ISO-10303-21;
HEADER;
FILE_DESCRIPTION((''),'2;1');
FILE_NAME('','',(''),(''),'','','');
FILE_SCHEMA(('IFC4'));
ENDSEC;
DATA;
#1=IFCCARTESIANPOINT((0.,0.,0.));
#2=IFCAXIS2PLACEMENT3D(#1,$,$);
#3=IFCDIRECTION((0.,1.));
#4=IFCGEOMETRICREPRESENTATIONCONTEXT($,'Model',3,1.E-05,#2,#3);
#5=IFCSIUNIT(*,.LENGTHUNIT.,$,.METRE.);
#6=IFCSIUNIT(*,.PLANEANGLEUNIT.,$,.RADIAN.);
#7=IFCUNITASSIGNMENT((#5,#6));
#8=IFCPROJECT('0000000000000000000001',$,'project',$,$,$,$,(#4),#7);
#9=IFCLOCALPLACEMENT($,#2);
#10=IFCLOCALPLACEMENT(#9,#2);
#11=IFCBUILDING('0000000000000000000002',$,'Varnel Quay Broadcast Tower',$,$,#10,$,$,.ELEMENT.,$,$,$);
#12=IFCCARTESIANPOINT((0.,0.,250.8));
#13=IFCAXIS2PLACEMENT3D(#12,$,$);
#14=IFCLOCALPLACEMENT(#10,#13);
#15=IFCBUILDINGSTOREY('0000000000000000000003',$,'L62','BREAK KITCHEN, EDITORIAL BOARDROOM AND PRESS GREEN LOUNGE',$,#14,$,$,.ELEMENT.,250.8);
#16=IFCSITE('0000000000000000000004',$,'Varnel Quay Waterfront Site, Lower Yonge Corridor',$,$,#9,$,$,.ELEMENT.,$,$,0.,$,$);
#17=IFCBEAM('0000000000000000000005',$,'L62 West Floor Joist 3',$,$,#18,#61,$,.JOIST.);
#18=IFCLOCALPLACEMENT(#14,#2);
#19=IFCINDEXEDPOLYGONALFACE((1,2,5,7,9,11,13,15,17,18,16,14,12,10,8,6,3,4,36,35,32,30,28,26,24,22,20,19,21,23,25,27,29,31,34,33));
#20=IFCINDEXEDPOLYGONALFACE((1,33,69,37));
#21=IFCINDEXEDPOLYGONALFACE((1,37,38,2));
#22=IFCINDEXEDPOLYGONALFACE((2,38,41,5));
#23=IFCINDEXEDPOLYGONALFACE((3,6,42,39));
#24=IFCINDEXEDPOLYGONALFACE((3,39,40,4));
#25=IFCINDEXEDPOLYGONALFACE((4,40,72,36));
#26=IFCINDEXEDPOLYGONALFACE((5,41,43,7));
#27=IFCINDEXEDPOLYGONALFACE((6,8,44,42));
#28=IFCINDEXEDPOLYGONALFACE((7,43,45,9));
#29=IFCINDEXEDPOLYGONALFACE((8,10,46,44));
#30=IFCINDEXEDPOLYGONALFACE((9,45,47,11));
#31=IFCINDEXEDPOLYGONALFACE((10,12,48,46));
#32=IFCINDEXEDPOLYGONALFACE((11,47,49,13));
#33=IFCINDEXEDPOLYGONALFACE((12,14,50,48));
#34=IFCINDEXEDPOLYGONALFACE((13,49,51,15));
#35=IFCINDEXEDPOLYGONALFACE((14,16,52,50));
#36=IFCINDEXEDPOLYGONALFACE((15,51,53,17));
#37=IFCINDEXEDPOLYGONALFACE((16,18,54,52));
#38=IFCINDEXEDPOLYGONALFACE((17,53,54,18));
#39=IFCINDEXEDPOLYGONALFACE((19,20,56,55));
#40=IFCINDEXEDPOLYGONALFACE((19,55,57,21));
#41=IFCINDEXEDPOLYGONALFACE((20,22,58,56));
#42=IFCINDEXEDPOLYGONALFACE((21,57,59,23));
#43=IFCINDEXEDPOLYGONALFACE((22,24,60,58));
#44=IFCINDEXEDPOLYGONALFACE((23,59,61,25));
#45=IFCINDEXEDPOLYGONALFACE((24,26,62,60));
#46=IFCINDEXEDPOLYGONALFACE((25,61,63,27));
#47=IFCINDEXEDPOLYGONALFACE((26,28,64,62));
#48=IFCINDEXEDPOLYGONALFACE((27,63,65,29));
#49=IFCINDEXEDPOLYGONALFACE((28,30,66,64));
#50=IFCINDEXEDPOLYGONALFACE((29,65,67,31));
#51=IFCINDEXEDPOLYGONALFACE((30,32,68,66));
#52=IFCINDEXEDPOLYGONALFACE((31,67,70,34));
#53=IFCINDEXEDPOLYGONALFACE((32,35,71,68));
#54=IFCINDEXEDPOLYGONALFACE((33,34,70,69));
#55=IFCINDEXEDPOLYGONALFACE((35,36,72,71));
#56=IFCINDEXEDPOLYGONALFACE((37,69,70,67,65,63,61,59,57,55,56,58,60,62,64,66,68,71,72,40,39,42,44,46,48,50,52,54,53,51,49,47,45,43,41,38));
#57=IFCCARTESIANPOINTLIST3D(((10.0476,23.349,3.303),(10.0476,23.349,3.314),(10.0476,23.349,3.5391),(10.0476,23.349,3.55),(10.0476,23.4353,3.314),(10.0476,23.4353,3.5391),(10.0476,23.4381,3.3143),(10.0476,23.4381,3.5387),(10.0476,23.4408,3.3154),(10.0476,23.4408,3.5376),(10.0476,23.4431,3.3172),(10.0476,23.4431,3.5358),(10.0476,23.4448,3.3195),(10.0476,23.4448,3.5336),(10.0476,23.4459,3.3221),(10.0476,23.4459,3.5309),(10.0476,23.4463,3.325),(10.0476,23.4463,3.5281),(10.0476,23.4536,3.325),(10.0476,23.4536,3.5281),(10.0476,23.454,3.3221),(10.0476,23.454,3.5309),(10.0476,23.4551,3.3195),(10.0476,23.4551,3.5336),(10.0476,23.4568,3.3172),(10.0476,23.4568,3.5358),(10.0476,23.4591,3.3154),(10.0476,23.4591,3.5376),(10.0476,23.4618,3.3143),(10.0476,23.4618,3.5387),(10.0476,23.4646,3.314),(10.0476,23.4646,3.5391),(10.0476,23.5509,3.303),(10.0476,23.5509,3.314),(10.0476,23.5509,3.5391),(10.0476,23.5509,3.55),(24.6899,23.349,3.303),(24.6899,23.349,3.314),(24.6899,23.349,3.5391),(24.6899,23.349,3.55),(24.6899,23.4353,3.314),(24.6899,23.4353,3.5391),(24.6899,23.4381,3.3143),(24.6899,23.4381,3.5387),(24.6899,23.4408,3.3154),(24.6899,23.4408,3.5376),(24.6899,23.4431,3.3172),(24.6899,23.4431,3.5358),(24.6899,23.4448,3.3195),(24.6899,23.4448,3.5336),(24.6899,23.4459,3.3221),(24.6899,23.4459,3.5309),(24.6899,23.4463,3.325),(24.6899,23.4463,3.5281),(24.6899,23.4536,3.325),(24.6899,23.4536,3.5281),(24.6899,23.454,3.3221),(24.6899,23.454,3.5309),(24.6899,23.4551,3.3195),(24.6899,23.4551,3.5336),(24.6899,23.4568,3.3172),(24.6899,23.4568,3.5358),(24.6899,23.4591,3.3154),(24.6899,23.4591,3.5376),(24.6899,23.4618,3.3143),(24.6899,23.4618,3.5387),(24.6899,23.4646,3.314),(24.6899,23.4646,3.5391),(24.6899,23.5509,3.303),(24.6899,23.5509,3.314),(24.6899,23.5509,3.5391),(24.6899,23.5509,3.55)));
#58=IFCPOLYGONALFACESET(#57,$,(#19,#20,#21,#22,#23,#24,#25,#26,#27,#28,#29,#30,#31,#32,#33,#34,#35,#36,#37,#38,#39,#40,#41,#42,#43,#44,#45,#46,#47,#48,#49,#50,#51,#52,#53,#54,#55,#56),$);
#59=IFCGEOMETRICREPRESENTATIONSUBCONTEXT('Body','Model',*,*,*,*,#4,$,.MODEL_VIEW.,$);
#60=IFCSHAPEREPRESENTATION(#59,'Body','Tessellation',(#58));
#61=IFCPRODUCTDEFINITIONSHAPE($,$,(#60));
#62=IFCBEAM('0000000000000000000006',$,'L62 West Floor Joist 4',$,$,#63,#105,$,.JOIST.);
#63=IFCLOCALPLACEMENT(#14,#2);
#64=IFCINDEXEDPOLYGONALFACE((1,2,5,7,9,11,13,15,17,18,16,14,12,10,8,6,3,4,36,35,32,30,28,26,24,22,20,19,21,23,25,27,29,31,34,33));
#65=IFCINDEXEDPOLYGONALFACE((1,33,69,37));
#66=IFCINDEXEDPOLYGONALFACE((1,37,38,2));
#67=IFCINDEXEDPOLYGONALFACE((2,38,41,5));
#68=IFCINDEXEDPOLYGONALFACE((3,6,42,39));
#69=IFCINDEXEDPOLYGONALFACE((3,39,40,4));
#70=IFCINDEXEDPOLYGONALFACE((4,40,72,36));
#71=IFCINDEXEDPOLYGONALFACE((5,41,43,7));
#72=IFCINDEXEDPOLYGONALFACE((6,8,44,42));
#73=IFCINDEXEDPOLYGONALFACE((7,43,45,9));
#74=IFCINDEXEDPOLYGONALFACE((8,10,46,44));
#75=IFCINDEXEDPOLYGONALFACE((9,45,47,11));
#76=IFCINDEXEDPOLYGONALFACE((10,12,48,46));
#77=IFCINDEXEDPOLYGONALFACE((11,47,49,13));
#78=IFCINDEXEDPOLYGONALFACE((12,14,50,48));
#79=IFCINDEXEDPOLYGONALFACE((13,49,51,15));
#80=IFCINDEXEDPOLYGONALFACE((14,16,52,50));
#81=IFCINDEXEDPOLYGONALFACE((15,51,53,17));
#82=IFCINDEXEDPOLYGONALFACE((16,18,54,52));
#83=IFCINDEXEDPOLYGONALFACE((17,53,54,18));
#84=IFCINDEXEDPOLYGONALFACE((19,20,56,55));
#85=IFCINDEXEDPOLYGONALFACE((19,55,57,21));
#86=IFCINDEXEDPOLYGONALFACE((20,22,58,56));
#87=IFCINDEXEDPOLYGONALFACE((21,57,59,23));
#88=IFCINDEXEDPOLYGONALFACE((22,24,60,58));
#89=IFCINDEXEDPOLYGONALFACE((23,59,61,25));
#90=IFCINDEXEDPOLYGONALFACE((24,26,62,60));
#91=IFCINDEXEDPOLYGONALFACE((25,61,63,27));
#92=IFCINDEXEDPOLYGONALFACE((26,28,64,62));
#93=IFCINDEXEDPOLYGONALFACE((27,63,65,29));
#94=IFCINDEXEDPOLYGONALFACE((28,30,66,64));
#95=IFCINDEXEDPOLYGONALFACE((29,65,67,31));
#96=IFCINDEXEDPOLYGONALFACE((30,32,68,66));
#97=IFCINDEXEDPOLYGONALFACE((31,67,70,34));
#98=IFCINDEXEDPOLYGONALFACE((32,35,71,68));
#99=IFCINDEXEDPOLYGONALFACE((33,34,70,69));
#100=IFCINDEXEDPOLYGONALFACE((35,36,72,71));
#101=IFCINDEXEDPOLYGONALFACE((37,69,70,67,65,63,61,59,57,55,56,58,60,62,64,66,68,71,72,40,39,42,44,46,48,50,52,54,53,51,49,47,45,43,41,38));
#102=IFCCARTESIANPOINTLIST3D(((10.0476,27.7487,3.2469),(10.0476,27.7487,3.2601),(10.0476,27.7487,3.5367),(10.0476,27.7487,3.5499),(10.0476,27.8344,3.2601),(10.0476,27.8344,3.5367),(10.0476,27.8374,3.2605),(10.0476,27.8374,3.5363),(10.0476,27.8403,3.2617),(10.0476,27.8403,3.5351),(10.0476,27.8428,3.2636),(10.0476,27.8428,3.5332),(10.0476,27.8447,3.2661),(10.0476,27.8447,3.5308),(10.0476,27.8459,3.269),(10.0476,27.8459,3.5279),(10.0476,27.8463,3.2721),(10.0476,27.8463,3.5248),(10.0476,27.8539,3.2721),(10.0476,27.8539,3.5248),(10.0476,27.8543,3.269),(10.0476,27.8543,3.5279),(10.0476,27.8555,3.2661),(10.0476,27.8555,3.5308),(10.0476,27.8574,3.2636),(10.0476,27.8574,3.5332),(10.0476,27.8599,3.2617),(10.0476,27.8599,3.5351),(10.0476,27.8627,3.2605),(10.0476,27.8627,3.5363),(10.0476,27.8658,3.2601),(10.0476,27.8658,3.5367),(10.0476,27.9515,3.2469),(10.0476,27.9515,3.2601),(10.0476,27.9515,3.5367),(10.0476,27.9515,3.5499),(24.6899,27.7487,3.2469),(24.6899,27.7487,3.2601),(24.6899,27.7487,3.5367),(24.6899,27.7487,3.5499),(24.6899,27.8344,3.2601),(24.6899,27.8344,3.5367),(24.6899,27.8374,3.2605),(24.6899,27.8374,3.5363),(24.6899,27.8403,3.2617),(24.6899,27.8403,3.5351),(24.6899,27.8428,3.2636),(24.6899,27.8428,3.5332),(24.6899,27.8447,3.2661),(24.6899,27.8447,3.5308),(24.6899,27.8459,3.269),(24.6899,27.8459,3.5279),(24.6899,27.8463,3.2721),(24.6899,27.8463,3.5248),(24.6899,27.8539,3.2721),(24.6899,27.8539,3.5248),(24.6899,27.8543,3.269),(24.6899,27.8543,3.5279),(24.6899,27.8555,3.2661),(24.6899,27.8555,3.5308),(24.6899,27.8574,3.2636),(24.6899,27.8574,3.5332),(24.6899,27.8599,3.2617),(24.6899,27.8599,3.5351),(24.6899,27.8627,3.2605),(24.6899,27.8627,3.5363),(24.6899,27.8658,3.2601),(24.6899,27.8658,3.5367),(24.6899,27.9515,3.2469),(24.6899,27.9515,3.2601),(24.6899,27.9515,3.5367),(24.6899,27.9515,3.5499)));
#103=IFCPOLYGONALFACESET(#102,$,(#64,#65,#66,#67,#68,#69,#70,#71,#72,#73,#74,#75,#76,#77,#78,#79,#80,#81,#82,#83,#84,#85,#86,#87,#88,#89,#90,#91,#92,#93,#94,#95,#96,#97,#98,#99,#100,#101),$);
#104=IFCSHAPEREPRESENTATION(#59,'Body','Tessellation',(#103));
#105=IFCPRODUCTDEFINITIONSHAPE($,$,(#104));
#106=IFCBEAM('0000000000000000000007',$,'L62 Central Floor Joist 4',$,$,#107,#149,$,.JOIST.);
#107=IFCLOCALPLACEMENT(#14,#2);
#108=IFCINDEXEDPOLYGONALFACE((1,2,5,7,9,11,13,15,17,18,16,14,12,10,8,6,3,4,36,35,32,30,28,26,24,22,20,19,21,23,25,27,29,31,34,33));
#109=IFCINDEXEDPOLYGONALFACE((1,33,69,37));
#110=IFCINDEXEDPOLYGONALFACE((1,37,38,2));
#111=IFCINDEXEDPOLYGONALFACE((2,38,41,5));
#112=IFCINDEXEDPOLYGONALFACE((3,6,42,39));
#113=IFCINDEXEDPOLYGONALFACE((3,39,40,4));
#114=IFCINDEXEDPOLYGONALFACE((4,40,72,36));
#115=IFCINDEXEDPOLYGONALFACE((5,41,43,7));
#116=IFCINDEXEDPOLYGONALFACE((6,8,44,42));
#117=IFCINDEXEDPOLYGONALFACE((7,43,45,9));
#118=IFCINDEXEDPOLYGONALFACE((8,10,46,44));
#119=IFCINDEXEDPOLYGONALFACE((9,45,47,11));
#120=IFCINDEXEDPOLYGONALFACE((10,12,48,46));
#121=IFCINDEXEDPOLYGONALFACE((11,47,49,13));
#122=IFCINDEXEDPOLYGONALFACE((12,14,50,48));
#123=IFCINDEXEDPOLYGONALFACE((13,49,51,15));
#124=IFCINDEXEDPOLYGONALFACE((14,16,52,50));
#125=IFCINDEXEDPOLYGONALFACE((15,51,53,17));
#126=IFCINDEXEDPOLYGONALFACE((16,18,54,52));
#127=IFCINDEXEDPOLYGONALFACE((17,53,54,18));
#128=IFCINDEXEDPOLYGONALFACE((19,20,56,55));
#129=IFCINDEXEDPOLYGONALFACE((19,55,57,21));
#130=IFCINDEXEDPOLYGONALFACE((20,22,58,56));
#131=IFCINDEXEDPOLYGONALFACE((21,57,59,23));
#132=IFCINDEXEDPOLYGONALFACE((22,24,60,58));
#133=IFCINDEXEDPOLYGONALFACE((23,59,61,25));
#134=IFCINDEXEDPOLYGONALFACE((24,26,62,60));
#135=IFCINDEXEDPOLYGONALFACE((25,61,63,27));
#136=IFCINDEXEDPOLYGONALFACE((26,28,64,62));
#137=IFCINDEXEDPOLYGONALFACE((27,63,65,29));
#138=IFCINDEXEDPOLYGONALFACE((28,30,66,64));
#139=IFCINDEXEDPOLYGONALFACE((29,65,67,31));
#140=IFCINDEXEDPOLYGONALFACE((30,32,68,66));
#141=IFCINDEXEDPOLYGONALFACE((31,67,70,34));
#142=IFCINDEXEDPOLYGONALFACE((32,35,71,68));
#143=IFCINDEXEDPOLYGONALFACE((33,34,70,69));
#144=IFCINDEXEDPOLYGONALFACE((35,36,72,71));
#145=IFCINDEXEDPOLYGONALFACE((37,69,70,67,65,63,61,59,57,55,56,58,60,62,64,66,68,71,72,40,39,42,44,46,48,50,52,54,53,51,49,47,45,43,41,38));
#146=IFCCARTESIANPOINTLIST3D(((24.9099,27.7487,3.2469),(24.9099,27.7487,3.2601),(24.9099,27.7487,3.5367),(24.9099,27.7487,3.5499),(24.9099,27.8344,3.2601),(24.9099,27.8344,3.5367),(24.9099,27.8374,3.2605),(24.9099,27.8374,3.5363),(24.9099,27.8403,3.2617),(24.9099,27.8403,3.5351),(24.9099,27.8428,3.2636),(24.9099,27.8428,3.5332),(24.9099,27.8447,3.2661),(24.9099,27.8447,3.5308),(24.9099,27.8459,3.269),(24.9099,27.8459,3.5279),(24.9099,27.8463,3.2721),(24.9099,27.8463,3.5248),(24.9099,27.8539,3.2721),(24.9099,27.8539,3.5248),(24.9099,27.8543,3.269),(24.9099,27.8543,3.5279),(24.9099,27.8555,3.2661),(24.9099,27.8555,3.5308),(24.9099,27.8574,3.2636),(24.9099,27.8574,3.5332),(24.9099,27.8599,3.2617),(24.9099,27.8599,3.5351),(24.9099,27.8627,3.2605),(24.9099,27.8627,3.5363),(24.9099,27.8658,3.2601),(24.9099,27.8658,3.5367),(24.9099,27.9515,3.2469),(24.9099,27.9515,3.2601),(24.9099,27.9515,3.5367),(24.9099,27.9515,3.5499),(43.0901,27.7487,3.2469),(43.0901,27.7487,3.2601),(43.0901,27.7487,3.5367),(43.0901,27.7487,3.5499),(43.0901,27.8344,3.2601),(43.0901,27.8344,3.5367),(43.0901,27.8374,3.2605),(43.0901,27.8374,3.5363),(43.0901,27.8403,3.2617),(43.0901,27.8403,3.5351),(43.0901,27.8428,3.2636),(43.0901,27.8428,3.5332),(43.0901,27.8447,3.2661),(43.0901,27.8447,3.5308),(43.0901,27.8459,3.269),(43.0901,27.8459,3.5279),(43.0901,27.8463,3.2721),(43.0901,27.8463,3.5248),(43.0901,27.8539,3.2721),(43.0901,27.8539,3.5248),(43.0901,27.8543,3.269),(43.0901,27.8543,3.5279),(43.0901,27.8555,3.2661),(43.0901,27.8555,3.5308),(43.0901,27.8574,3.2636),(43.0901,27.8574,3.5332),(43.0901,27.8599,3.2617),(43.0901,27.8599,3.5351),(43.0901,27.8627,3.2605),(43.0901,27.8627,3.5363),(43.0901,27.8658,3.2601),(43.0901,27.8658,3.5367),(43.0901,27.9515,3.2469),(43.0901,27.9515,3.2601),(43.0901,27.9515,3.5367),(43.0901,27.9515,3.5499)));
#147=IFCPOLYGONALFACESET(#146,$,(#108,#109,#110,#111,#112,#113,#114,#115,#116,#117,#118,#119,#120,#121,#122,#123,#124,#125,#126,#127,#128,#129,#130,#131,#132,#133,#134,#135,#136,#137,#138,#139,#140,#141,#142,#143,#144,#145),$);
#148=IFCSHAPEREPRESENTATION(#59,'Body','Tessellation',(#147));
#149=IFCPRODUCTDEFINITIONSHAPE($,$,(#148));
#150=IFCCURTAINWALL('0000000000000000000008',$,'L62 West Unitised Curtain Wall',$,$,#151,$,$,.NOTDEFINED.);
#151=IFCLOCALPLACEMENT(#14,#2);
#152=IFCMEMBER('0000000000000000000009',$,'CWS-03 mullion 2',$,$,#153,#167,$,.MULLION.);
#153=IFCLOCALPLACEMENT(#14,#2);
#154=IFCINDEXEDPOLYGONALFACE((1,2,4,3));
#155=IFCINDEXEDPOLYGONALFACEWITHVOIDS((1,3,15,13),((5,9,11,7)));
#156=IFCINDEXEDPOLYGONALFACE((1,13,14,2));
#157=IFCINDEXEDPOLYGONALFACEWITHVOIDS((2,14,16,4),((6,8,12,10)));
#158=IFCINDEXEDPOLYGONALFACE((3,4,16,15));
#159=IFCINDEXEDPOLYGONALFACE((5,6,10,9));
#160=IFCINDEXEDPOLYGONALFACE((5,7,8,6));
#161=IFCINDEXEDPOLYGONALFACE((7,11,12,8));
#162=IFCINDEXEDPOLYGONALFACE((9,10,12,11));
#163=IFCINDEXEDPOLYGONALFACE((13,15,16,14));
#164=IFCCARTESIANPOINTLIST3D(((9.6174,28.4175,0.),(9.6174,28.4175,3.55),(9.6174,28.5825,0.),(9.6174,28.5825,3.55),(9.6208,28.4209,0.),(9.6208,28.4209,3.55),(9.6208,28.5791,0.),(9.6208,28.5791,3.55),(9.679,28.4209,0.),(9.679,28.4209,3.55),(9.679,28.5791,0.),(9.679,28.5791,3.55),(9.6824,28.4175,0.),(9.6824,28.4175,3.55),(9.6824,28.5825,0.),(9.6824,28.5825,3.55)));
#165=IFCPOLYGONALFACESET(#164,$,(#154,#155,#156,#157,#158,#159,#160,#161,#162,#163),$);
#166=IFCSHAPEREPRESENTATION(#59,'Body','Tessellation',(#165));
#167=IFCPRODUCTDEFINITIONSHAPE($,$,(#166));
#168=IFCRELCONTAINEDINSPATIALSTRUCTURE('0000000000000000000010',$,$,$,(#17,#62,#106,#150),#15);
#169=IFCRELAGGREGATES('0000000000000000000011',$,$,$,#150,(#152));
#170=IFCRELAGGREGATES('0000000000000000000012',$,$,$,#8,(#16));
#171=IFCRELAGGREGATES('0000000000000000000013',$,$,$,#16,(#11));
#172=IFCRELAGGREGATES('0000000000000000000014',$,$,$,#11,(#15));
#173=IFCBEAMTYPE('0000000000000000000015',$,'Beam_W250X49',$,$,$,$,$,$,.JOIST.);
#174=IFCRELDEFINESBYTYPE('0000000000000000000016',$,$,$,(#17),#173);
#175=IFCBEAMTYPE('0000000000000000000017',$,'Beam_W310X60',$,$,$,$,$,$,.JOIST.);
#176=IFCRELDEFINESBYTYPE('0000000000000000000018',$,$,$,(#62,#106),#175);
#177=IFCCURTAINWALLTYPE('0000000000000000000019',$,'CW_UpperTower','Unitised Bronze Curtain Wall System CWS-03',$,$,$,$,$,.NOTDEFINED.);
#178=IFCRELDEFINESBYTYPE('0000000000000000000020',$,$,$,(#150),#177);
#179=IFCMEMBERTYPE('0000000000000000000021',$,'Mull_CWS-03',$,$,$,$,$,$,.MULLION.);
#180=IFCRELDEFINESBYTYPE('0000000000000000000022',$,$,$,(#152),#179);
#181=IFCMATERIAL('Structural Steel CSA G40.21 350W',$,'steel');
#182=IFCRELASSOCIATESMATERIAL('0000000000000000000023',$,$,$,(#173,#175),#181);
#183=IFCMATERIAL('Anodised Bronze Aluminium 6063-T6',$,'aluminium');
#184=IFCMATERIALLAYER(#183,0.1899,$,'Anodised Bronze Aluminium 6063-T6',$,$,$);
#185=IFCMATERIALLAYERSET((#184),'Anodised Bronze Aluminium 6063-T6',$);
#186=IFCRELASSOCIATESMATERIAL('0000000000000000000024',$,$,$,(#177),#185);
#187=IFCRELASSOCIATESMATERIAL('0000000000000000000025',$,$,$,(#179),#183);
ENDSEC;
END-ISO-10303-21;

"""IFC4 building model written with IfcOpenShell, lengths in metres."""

from ifc_helpers import new_model, si_unit, direction, frame, origin, origin_2d, place, context, subcontext, project, spatial, hollow_rectangle, i_section, extrude, source, transform, mapped, material, layer, layer_set, material_profile, profile_set, type_object, type_shapes, element, aggregate, save


model = new_model("IFC4")

# Units and contexts
model_context = context("Model", 3, precision=1e-05, world=origin(), true_north=direction((0.0, 1.0)))
body_context = subcontext(model_context, "Body", "Model", "MODEL_VIEW")
ifc_project = project(units=[si_unit("LENGTHUNIT", "METRE"), si_unit("PLANEANGLEUNIT", "RADIAN")], contexts=[model_context])

# Site, building, storey
site_placement = place(None, origin())
site = spatial("IfcSite", under=ifc_project, at=site_placement, Name="Varnel Quay Waterfront Site, Lower Yonge Corridor", CompositionType="ELEMENT", RefElevation=0.0)
building_placement = place(site_placement, origin())
building = spatial("IfcBuilding", under=site, at=building_placement, Name="Varnel Quay Broadcast Tower", CompositionType="ELEMENT")
storey_placement = place(building_placement, frame((0.0, 0.0, 250.8)))
storey = spatial("IfcBuildingStorey", under=building, at=storey_placement, Name="L62", Description="BREAK KITCHEN, EDITORIAL BOARDROOM AND PRESS GREEN LOUNGE", CompositionType="ELEMENT", Elevation=250.8)

# Shared definitions
ifc_material_1 = material(Name="Structural Steel CSA G40.21 350W", Category="steel")

# Beams
ifc_material_profile_1 = material_profile(ifc_material_1, i_section(OverallWidth=0.2019, OverallDepth=0.2471, WebThickness=0.0073, FlangeThickness=0.011, FilletRadius=0.011, at=origin_2d()), Name="W250X49")
ifc_profile_set_1 = profile_set([ifc_material_profile_1], Name="Structural Steel CSA G40.21 350W")
beam_type_1 = type_object("IfcBeamType", Name="Beam_W250X49", PredefinedType="JOIST", material=ifc_profile_set_1)
shared_shape_1 = source(origin(), body_context, "Body", "SweptSolid", [
    extrude(i_section(OverallWidth=0.2019, OverallDepth=0.2471, WebThickness=0.0073, FlangeThickness=0.011, FilletRadius=0.011, at=origin_2d()), origin(), (0.0, 0.0, 1.0), 14.6423),
])
beam_1_placement = place(storey_placement, frame((10.0476, 23.45, 3.4265), z_axis=(1.0, 0.0, 0.0), x_axis=(0.0, 1.0, 0.0)))
element("IfcBeam", 1, at=beam_1_placement, inside=storey, type_object=beam_type_1, Name="L62 West Floor Joist 3", PredefinedType="JOIST", context=body_context, shape_type="MappedRepresentation", body=[
    mapped(shared_shape_1, transform((0.0, 0.0, 0.0), x_axis=(1.0, 0.0, 0.0), y_axis=(0.0, 1.0, 0.0), z_axis=(0.0, 0.0, 1.0), scale=1.0)),
])
ifc_material_profile_2 = material_profile(ifc_material_1, i_section(OverallWidth=0.2029, OverallDepth=0.303, WebThickness=0.0076, FlangeThickness=0.0132, FilletRadius=0.012, at=origin_2d()), Name="W310X60")
ifc_profile_set_2 = profile_set([ifc_material_profile_2], Name="Structural Steel CSA G40.21 350W")
beam_type_2 = type_object("IfcBeamType", Name="Beam_W310X60", PredefinedType="JOIST", material=ifc_profile_set_2)
shared_shape_2 = source(origin(), body_context, "Body", "SweptSolid", [
    extrude(i_section(OverallWidth=0.2029, OverallDepth=0.303, WebThickness=0.0076, FlangeThickness=0.0132, FilletRadius=0.012, at=origin_2d()), origin(), (0.0, 0.0, 1.0), 14.6423),
])
beam_2_placement = place(storey_placement, frame((10.0476, 27.8501, 3.3984), z_axis=(1.0, 0.0, 0.0), x_axis=(0.0, 1.0, 0.0)))
element("IfcBeam", 2, at=beam_2_placement, inside=storey, type_object=beam_type_2, Name="L62 West Floor Joist 4", PredefinedType="JOIST", context=body_context, shape_type="MappedRepresentation", body=[
    mapped(shared_shape_2, transform((0.0, 0.0, 0.0), x_axis=(1.0, 0.0, 0.0), y_axis=(0.0, 1.0, 0.0), z_axis=(0.0, 0.0, 1.0), scale=1.0)),
])
shared_shape_3 = source(origin(), body_context, "Body", "SweptSolid", [
    extrude(i_section(OverallWidth=0.2029, OverallDepth=0.303, WebThickness=0.0076, FlangeThickness=0.0132, FilletRadius=0.012, at=origin_2d()), origin(), (0.0, 0.0, 1.0), 18.1802),
])
type_shapes(beam_type_2, [shared_shape_2, shared_shape_3])
beam_3_placement = place(storey_placement, frame((24.9099, 27.8501, 3.3984), z_axis=(1.0, 0.0, 0.0), x_axis=(0.0, 1.0, 0.0)))
element("IfcBeam", 3, at=beam_3_placement, inside=storey, type_object=beam_type_2, Name="L62 Central Floor Joist 4", PredefinedType="JOIST", context=body_context, shape_type="MappedRepresentation", body=[
    mapped(shared_shape_3, transform((0.0, 0.0, 0.0), x_axis=(1.0, 0.0, 0.0), y_axis=(0.0, 1.0, 0.0), z_axis=(0.0, 0.0, 1.0), scale=1.0)),
])

# Curtain wall, member
ifc_material_2 = material(Name="Anodised Bronze Aluminium 6063-T6", Category="aluminium")
ifc_layer_1 = layer(ifc_material_2, 0.1899, Name="Anodised Bronze Aluminium 6063-T6")
ifc_layer_set_1 = layer_set([ifc_layer_1], Name="Anodised Bronze Aluminium 6063-T6")
curtain_wall_type = type_object("IfcCurtainWallType", Name="CW_UpperTower", Description="Unitised Bronze Curtain Wall System CWS-03", PredefinedType="NOTDEFINED", material=ifc_layer_set_1)
curtain_wall_placement = place(storey_placement, origin())
curtain_wall = element("IfcCurtainWall", 4, at=curtain_wall_placement, inside=storey, type_object=curtain_wall_type, Name="L62 West Unitised Curtain Wall", PredefinedType="NOTDEFINED")
ifc_material_profile_3 = material_profile(ifc_material_2, hollow_rectangle(XDim=0.0649, YDim=0.165, WallThickness=0.0034, at=origin_2d()), Name="ALU65X165X3.5")
ifc_profile_set_3 = profile_set([ifc_material_profile_3], Name="Anodised Bronze Aluminium 6063-T6")
member_type_1 = type_object("IfcMemberType", Name="Mull_CWS-03", PredefinedType="MULLION", material=ifc_profile_set_3)
shared_shape_4 = source(origin(), body_context, "Body", "SweptSolid", [
    extrude(hollow_rectangle(XDim=0.0649, YDim=0.165, WallThickness=0.0034, at=origin_2d()), origin(), (0.0, 0.0, 1.0), 3.55),
])
type_shapes(member_type_1, [shared_shape_4])
member_1_placement = place(storey_placement, frame((9.6499, 28.5, 0.0), z_axis=(0.0, 0.0, 1.0), x_axis=(-1.0, 0.0, 0.0)))
member_1 = element("IfcMember", 5, at=member_1_placement, type_object=member_type_1, Name="CWS-03 mullion 2", PredefinedType="MULLION", context=body_context, shape_type="MappedRepresentation", body=[
    mapped(shared_shape_4, transform((0.0, 0.0, 0.0), x_axis=(1.0, 0.0, 0.0), y_axis=(0.0, 1.0, 0.0), z_axis=(0.0, 0.0, 1.0), scale=1.0)),
])

aggregate(curtain_wall, [member_1])

save(model, "model.ifc")
